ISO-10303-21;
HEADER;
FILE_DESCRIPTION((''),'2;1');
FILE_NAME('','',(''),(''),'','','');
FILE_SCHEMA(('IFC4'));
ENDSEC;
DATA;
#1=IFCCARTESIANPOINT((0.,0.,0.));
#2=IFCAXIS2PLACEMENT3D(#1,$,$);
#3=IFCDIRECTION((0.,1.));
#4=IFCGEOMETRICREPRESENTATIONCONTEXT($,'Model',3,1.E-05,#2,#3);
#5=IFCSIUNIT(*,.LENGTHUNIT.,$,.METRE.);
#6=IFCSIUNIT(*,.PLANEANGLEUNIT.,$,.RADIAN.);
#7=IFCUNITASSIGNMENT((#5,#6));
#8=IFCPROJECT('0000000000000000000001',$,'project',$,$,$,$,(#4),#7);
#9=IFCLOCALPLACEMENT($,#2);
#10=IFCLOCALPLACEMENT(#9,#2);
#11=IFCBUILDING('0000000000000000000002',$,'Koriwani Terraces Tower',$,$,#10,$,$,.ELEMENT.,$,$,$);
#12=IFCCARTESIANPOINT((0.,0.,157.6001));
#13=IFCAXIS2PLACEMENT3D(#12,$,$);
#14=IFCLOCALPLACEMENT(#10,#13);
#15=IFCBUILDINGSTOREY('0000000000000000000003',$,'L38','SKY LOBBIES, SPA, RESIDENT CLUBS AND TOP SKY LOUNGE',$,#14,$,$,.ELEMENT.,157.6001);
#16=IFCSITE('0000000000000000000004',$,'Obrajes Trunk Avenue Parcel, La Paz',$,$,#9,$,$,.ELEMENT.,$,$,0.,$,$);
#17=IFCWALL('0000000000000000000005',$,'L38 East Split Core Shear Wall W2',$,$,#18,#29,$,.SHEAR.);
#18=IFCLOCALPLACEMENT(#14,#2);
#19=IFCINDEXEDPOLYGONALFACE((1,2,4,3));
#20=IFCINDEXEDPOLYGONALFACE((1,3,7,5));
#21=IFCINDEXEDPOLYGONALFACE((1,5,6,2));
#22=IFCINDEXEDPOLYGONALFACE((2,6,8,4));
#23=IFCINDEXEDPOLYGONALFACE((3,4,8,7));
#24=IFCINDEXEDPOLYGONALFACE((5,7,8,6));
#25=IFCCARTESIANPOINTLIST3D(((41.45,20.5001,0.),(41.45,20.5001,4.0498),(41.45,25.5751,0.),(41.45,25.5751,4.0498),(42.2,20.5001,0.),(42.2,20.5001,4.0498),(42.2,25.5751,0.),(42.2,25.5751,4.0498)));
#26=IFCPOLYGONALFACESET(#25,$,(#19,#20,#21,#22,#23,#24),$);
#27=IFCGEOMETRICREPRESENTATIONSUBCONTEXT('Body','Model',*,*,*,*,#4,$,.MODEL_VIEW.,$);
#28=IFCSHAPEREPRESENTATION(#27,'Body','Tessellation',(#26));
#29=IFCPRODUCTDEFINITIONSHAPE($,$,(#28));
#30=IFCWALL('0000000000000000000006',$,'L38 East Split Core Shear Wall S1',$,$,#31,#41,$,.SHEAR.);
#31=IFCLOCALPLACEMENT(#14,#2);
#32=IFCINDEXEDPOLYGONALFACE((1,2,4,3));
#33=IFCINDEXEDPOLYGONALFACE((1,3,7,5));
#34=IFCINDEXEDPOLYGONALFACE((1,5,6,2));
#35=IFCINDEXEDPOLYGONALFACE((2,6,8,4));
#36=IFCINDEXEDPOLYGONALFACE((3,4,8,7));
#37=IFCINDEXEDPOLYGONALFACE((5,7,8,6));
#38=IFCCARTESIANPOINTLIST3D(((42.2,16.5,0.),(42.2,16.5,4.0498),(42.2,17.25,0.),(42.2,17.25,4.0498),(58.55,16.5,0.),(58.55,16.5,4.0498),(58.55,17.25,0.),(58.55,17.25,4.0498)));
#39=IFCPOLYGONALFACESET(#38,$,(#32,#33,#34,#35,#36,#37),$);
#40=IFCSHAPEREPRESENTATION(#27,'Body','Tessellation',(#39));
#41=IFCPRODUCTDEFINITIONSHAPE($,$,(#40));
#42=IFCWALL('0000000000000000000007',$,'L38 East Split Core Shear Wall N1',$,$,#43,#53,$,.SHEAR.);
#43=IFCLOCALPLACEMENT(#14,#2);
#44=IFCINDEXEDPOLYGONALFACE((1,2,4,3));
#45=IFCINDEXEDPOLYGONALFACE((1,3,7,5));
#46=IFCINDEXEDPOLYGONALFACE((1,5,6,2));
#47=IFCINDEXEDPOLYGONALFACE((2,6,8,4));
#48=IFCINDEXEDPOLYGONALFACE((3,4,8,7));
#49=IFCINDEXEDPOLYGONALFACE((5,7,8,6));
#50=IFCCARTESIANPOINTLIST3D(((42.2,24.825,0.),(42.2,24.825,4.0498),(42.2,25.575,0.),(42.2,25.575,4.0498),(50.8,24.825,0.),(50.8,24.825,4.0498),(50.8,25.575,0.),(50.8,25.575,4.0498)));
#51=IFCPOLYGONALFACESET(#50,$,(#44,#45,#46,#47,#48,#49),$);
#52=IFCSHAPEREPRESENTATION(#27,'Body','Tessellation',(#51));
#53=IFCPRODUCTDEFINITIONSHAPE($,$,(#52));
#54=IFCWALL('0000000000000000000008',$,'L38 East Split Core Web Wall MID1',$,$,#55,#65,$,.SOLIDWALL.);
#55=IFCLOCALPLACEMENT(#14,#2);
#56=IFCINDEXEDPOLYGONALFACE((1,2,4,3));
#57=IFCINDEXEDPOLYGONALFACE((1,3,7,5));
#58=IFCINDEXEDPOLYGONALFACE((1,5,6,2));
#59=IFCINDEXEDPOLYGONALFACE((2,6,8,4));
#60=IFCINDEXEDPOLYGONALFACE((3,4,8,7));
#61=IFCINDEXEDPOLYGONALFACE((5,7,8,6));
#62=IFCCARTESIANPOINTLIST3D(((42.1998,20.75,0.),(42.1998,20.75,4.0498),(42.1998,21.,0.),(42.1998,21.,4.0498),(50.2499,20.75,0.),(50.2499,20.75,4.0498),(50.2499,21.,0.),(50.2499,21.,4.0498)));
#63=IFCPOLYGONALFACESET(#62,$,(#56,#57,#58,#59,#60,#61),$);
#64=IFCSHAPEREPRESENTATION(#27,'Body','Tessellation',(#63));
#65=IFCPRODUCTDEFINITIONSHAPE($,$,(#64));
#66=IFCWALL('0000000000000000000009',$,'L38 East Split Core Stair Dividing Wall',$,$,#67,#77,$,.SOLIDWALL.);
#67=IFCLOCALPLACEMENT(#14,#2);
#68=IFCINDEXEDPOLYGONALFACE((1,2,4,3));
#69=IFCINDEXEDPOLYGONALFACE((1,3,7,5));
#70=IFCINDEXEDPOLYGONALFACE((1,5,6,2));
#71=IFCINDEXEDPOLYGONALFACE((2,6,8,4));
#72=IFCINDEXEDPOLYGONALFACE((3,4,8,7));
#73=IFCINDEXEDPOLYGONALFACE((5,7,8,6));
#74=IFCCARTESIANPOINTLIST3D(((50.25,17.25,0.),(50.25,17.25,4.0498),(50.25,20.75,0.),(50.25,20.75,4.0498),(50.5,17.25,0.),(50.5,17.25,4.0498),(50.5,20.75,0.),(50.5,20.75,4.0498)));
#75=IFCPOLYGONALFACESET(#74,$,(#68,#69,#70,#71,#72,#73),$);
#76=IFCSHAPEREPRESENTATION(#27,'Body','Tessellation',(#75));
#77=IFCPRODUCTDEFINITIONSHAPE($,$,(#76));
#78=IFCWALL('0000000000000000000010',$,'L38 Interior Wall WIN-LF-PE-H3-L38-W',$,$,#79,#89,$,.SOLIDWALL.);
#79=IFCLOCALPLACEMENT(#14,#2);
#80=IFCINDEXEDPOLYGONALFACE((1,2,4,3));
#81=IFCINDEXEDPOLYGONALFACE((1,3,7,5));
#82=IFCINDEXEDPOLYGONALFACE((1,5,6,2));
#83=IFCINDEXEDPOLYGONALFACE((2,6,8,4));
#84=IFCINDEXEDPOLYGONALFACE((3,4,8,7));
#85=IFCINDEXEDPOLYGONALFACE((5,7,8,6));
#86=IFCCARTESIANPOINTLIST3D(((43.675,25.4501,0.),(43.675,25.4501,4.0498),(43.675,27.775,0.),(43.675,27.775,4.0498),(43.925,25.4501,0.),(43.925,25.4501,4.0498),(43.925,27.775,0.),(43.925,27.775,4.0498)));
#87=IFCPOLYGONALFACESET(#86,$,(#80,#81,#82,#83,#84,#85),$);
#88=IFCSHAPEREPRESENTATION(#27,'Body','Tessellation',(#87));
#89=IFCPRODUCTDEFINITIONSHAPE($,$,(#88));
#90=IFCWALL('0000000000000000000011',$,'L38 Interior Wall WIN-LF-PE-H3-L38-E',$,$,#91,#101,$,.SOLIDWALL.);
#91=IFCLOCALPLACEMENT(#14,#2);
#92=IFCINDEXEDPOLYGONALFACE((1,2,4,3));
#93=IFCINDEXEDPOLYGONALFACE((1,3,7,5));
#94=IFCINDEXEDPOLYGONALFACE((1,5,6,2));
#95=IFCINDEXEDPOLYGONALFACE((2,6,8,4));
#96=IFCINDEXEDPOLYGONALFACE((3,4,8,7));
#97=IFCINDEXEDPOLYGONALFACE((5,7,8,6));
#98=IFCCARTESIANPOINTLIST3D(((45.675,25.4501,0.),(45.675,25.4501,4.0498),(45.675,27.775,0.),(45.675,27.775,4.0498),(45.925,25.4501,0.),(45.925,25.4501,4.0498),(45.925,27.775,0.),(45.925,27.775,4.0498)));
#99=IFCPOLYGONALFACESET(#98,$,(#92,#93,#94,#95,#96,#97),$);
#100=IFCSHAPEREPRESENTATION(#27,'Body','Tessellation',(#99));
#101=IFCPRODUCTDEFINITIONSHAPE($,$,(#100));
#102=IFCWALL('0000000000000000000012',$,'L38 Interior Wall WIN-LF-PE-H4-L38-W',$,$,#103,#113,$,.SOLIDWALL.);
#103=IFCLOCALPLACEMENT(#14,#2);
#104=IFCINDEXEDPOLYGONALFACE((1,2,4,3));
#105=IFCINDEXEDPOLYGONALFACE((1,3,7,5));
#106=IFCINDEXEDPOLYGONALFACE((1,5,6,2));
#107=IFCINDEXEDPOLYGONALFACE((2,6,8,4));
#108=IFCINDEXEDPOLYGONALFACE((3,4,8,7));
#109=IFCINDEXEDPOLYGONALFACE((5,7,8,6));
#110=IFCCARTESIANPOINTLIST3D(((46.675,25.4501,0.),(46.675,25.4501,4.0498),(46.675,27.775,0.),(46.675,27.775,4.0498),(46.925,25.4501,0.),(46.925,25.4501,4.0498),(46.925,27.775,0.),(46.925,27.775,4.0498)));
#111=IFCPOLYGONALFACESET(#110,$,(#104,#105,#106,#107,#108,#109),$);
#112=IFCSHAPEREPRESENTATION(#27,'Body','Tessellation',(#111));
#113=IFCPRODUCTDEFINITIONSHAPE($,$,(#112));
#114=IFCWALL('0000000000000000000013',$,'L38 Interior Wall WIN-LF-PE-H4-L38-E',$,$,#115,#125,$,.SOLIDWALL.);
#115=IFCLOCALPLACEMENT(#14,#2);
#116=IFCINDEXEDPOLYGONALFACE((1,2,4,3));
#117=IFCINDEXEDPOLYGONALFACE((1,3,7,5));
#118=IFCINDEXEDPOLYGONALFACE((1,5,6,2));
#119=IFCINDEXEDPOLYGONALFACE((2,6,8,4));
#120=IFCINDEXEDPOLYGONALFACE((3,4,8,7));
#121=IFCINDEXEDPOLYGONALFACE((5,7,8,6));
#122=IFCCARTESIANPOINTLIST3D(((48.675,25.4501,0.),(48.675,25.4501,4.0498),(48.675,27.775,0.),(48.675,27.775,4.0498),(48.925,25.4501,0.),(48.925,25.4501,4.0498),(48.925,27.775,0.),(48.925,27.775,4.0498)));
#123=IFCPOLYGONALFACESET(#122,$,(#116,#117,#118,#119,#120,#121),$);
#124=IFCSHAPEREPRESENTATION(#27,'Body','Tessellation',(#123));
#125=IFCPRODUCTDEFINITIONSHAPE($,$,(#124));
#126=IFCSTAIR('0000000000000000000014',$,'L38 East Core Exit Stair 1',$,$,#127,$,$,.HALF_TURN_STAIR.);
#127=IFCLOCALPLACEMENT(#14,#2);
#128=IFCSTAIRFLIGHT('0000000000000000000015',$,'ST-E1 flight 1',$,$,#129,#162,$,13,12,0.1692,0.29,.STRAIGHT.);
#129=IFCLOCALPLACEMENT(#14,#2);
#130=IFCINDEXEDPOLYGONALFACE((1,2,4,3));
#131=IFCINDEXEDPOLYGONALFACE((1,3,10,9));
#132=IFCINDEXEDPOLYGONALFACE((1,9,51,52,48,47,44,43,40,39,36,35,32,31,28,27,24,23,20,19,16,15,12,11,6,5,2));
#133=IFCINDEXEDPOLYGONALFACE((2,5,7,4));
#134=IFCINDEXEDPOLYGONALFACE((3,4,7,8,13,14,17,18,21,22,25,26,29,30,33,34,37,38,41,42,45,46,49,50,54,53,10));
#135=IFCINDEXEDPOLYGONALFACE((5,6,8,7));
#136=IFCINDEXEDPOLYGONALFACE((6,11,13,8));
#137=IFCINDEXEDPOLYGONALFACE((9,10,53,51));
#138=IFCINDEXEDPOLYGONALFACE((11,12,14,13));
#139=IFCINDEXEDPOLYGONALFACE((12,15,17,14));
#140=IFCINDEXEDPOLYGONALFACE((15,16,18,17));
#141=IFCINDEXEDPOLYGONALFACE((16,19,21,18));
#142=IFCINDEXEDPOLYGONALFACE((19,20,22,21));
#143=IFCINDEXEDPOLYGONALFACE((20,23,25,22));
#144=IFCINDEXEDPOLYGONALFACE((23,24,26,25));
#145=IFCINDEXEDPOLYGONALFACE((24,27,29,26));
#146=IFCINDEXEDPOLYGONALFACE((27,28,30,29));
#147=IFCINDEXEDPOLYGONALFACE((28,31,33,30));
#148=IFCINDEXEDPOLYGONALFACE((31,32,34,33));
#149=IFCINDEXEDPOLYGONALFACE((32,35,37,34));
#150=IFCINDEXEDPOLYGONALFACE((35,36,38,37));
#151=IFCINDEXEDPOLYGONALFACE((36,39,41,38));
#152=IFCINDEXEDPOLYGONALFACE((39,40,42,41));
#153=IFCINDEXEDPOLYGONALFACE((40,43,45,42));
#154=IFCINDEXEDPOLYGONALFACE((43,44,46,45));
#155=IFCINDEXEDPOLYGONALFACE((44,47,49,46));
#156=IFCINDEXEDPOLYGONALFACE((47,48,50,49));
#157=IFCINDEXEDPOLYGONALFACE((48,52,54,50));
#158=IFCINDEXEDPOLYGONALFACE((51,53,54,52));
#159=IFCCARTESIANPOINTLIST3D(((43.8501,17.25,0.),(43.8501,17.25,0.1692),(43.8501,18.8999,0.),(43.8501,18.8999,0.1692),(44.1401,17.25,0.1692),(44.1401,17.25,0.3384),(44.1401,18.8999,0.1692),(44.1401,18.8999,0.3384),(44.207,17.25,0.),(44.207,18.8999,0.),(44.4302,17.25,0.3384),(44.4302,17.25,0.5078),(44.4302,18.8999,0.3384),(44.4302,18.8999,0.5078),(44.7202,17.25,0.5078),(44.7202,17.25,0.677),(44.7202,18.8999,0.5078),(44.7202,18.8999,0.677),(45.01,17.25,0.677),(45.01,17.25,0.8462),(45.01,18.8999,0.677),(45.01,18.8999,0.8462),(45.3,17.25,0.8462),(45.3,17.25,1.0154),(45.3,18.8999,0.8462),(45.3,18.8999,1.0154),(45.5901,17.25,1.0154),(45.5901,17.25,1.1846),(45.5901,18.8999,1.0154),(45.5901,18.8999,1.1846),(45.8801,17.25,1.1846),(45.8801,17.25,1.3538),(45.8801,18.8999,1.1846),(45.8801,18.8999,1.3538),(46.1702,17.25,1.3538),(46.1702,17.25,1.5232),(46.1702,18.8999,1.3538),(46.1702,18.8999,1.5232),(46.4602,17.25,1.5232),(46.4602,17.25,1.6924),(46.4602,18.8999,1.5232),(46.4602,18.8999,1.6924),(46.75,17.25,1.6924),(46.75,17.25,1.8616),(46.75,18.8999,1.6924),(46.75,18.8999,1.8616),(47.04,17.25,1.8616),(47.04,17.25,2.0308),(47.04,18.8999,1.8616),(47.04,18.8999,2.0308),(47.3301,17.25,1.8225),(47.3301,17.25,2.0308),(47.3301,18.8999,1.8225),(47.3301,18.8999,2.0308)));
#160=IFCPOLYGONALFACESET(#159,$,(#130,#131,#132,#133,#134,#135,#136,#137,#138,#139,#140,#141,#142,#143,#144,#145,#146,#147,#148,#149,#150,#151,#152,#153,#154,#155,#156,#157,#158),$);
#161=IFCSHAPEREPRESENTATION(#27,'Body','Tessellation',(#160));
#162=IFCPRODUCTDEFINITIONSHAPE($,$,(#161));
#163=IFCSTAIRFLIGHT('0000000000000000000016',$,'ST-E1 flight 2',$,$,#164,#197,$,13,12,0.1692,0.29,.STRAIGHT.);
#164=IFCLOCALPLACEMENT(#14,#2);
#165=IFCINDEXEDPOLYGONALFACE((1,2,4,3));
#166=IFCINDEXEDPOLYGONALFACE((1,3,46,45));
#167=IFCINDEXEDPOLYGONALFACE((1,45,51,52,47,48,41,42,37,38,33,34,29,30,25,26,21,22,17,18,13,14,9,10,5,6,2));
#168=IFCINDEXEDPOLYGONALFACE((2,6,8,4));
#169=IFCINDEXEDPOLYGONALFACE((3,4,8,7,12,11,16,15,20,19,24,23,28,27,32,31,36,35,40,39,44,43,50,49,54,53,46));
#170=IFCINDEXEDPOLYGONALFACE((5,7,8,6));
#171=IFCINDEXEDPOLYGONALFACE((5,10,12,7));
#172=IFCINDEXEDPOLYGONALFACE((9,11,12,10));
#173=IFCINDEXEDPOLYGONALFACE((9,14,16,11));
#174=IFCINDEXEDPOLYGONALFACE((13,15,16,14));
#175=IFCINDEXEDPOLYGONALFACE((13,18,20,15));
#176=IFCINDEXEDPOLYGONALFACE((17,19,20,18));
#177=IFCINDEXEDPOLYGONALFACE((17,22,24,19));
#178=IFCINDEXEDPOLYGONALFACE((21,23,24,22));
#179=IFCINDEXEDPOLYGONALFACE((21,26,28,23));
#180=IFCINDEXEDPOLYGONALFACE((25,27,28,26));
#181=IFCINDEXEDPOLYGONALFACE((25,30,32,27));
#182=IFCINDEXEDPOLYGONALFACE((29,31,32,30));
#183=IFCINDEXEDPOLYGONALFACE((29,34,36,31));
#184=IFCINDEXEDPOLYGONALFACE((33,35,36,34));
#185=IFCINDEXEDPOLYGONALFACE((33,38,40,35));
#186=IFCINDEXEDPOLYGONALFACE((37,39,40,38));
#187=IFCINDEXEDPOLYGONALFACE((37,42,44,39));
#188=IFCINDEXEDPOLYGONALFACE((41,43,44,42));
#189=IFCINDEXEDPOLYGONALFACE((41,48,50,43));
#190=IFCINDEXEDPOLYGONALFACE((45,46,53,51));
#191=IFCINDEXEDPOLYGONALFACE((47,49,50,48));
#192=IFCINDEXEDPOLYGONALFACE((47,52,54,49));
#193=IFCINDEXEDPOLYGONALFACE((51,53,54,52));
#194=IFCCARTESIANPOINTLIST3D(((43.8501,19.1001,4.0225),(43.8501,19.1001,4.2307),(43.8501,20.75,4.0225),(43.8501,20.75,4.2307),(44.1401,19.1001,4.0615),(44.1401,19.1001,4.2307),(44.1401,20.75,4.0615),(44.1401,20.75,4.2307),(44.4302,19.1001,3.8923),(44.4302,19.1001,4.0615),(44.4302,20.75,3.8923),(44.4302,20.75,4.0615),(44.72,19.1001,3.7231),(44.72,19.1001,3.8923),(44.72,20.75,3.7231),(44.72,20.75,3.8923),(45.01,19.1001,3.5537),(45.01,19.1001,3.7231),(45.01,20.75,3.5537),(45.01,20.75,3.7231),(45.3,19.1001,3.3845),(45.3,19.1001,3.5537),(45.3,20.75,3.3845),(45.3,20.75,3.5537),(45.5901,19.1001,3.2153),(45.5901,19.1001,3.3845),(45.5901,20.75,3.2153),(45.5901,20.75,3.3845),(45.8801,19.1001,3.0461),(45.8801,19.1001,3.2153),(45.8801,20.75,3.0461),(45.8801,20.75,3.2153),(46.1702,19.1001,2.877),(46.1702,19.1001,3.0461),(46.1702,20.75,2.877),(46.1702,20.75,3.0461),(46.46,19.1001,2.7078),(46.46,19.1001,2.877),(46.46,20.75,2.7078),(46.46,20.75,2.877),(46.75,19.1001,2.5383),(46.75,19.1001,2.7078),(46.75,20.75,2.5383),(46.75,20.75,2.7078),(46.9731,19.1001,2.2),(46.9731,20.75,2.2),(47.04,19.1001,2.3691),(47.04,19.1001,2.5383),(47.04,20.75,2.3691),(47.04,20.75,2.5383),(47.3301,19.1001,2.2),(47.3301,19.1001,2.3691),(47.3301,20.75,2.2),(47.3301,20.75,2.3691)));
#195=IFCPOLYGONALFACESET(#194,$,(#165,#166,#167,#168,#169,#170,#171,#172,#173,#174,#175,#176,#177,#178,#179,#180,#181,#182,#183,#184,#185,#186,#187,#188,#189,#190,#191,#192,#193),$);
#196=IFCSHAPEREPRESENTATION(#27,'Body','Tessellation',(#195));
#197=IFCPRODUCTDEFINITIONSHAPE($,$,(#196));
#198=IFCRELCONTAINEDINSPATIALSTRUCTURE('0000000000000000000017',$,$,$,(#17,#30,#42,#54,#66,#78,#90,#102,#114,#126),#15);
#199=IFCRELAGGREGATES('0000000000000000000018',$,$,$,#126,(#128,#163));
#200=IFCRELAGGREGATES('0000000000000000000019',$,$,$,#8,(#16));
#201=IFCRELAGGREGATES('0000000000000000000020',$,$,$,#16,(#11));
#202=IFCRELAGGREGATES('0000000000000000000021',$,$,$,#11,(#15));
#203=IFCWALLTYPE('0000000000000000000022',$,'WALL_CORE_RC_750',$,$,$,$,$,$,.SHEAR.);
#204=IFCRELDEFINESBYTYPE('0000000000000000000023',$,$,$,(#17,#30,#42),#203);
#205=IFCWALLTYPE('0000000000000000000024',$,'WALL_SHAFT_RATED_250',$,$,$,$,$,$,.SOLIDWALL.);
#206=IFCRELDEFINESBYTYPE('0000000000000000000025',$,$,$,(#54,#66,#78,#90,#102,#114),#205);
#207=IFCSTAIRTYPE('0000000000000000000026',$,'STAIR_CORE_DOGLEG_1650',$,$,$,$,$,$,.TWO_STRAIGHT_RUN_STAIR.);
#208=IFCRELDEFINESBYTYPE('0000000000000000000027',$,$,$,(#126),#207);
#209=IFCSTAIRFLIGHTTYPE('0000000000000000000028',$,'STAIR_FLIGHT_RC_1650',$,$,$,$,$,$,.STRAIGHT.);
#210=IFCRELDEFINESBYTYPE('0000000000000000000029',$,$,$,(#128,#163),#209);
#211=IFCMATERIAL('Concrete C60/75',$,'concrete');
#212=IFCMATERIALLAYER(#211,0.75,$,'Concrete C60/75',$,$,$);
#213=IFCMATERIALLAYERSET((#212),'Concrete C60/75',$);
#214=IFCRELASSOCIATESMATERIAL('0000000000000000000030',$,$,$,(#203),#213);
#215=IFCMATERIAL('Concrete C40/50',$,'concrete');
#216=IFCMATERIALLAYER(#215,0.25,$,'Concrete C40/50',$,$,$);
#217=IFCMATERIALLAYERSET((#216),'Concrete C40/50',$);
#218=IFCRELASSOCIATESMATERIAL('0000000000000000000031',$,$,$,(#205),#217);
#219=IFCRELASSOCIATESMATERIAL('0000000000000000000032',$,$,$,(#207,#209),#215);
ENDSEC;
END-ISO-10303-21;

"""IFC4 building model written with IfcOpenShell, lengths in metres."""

from ifc_helpers import new_model, si_unit, direction, frame, frame_2d, origin, place, context, subcontext, project, spatial, polyline, rectangle, outline, extrude, material, layer, layer_set, type_object, element, aggregate, save


model = new_model("IFC4")

# Units and contexts
model_context = context("Model", 3, precision=1e-05, world=origin(), true_north=direction((0.0, 1.0)))
body_context = subcontext(model_context, "Body", "Model", "MODEL_VIEW")
ifc_project = project(units=[si_unit("LENGTHUNIT", "METRE"), si_unit("PLANEANGLEUNIT", "RADIAN")], contexts=[model_context])

# Site, building, storey
site_placement = place(None, origin())
site = spatial("IfcSite", under=ifc_project, at=site_placement, Name="Obrajes Trunk Avenue Parcel, La Paz", CompositionType="ELEMENT", RefElevation=0.0)
building_placement = place(site_placement, origin())
building = spatial("IfcBuilding", under=site, at=building_placement, Name="Koriwani Terraces Tower", CompositionType="ELEMENT")
storey_placement = place(building_placement, frame((0.0, 0.0, 157.6001)))
storey = spatial("IfcBuildingStorey", under=building, at=storey_placement, Name="L38", Description="SKY LOBBIES, SPA, RESIDENT CLUBS AND TOP SKY LOUNGE", CompositionType="ELEMENT", Elevation=157.6001)

# Shared definitions
ifc_material_1 = material(Name="Concrete C60/75", Category="concrete")
ifc_material_2 = material(Name="Concrete C40/50", Category="concrete")

# Walls
ifc_layer_1 = layer(ifc_material_1, 0.75, Name="Concrete C60/75")
ifc_layer_set_1 = layer_set([ifc_layer_1], Name="Concrete C60/75")
wall_type_1 = type_object("IfcWallType", Name="WALL_CORE_RC_750", PredefinedType="SHEAR", material=ifc_layer_set_1)
wall_1_placement = place(storey_placement, frame((41.825, 20.5, 0.0), z_axis=(0.0, 0.0, 1.0), x_axis=(0.0, 1.0, 0.0)))
element("IfcWall", 1, at=wall_1_placement, inside=storey, type_object=wall_type_1, Name="L38 East Split Core Shear Wall W2", PredefinedType="SHEAR", context=body_context, shape_type="SweptSolid", body=[
    extrude(rectangle(XDim=5.075, YDim=0.75, at=frame_2d((2.5376, 0.0))), origin(), (0.0, 0.0, 1.0), 4.0498),
])
wall_2_placement = place(storey_placement, frame((42.2, 16.875, 0.0), z_axis=(0.0, 0.0, 1.0), x_axis=(1.0, 0.0, 0.0)))
element("IfcWall", 2, at=wall_2_placement, inside=storey, type_object=wall_type_1, Name="L38 East Split Core Shear Wall S1", PredefinedType="SHEAR", context=body_context, shape_type="SweptSolid", body=[
    extrude(rectangle(XDim=16.3501, YDim=0.75, at=frame_2d((8.175, 0.0))), origin(), (0.0, 0.0, 1.0), 4.0498),
])
wall_3_placement = place(storey_placement, frame((42.2, 25.2, 0.0), z_axis=(0.0, 0.0, 1.0), x_axis=(1.0, 0.0, 0.0)))
element("IfcWall", 3, at=wall_3_placement, inside=storey, type_object=wall_type_1, Name="L38 East Split Core Shear Wall N1", PredefinedType="SHEAR", context=body_context, shape_type="SweptSolid", body=[
    extrude(rectangle(XDim=8.6001, YDim=0.75, at=frame_2d((4.3, 0.0))), origin(), (0.0, 0.0, 1.0), 4.0498),
])
ifc_layer_2 = layer(ifc_material_2, 0.25, Name="Concrete C40/50")
ifc_layer_set_2 = layer_set([ifc_layer_2], Name="Concrete C40/50")
wall_type_2 = type_object("IfcWallType", Name="WALL_SHAFT_RATED_250", PredefinedType="SOLIDWALL", material=ifc_layer_set_2)
wall_4_placement = place(storey_placement, frame((42.2, 20.875, 0.0), z_axis=(0.0, 0.0, 1.0), x_axis=(1.0, 0.0, 0.0)))
element("IfcWall", 4, at=wall_4_placement, inside=storey, type_object=wall_type_2, Name="L38 East Split Core Web Wall MID1", PredefinedType="SOLIDWALL", context=body_context, shape_type="SweptSolid", body=[
    extrude(rectangle(XDim=8.05, YDim=0.25, at=frame_2d((4.0249, 0.0))), origin(), (0.0, 0.0, 1.0), 4.0498),
])
wall_5_placement = place(storey_placement, frame((50.375, 17.25, 0.0), z_axis=(0.0, 0.0, 1.0), x_axis=(0.0, 1.0, 0.0)))
element("IfcWall", 5, at=wall_5_placement, inside=storey, type_object=wall_type_2, Name="L38 East Split Core Stair Dividing Wall", PredefinedType="SOLIDWALL", context=body_context, shape_type="SweptSolid", body=[
    extrude(rectangle(XDim=3.5, YDim=0.25, at=frame_2d((1.75, 0.0))), origin(), (0.0, 0.0, 1.0), 4.0498),
])

# Walls
for number, where, z_axis, x_axis, name in (
    (6, (43.8, 25.45, 0.0), (0.0, 0.0, 1.0), (0.0, 1.0, 0.0), "L38 Interior Wall WIN-LF-PE-H3-L38-W"),
    (7, (45.8, 25.45, 0.0), (0.0, 0.0, 1.0), (0.0, 1.0, 0.0), "L38 Interior Wall WIN-LF-PE-H3-L38-E"),
    (8, (46.8, 25.45, 0.0), (0.0, 0.0, 1.0), (0.0, 1.0, 0.0), "L38 Interior Wall WIN-LF-PE-H4-L38-W"),
    (9, (48.8, 25.45, 0.0), (0.0, 0.0, 1.0), (0.0, 1.0, 0.0), "L38 Interior Wall WIN-LF-PE-H4-L38-E"),
):
    element("IfcWall", number, at=place(storey_placement, frame(where, z_axis=z_axis, x_axis=x_axis)), inside=storey, type_object=wall_type_2, Name=name, PredefinedType="SOLIDWALL", context=body_context, shape_type="SweptSolid", body=[
        extrude(rectangle(XDim=2.325, YDim=0.25, at=frame_2d((1.1626, 0.0))), origin(), (0.0, 0.0, 1.0), 4.0498),
    ])

# Stair, stair flights
stair_type = type_object("IfcStairType", Name="STAIR_CORE_DOGLEG_1650", PredefinedType="TWO_STRAIGHT_RUN_STAIR", material=ifc_material_2)
stair_placement = place(storey_placement, origin())
stair = element("IfcStair", 10, at=stair_placement, inside=storey, type_object=stair_type, Name="L38 East Core Exit Stair 1", PredefinedType="HALF_TURN_STAIR")
stair_flight_type = type_object("IfcStairFlightType", Name="STAIR_FLIGHT_RC_1650", PredefinedType="STRAIGHT", material=ifc_material_2)
stair_flight_1_placement = place(storey_placement, frame((43.8501, 18.075, 0.0), z_axis=(0.0, 0.0, 1.0), x_axis=(1.0, 0.0, 0.0)))
stair_flight_1 = element("IfcStairFlight", 11, at=stair_flight_1_placement, type_object=stair_flight_type, Name="ST-E1 flight 1", NumberOfRisers=13, NumberOfTreads=12, PredefinedType="STRAIGHT", RiserHeight=0.1692, TreadLength=0.29, context=body_context, shape_type="SweptSolid", body=[
    extrude(outline(polyline([(0.0, 0.0), (0.0, 0.1692), (0.29, 0.1692), (0.29, 0.3384), (0.5801, 0.3384), (0.5801, 0.5078), (0.8701, 0.5078), (0.8701, 0.677), (1.1599, 0.677), (1.1599, 0.8462), (1.45, 0.8462), (1.45, 1.0154), (1.74, 1.0154), (1.74, 1.1846), (2.03, 1.1846), (2.03, 1.3538), (2.3201, 1.3538), (2.3201, 1.5232), (2.6101, 1.5232), (2.6101, 1.6924), (2.8999, 1.6924), (2.8999, 1.8616), (3.1899, 1.8616), (3.1899, 2.0308), (3.48, 2.0308), (3.48, 2.2), (3.48, 1.8225), (0.3569, 0.0), (0.0, 0.0)])), frame((0.0, 0.825, 0.0), z_axis=(0.0, -1.0, 0.0), x_axis=(1.0, 0.0, 0.0)), (0.0, 0.0, 1.0), 1.6499),
])
stair_flight_2_placement = place(storey_placement, frame((47.3301, 19.925, 2.2), z_axis=(0.0, 0.0, 1.0), x_axis=(-1.0, 0.0, 0.0)))
stair_flight_2 = element("IfcStairFlight", 12, at=stair_flight_2_placement, type_object=stair_flight_type, Name="ST-E1 flight 2", NumberOfRisers=13, NumberOfTreads=12, PredefinedType="STRAIGHT", RiserHeight=0.1692, TreadLength=0.29, context=body_context, shape_type="SweptSolid", body=[
    extrude(outline(polyline([(0.0, 0.0), (0.0, 0.1692), (0.29, 0.1692), (0.29, 0.3384), (0.5801, 0.3384), (0.5801, 0.5078), (0.8701, 0.5078), (0.8701, 0.677), (1.1599, 0.677), (1.1599, 0.8462), (1.45, 0.8462), (1.45, 1.0154), (1.74, 1.0154), (1.74, 1.1846), (2.03, 1.1846), (2.03, 1.3538), (2.3201, 1.3538), (2.3201, 1.5232), (2.6101, 1.5232), (2.6101, 1.6924), (2.8999, 1.6924), (2.8999, 1.8616), (3.1899, 1.8616), (3.1899, 2.0308), (3.48, 2.0308), (3.48, 2.2), (3.48, 1.8225), (0.3569, 0.0), (0.0, 0.0)])), frame((0.0, 0.825, 0.0), z_axis=(0.0, -1.0, 0.0), x_axis=(1.0, 0.0, 0.0)), (0.0, 0.0, 1.0), 1.6499),
])
aggregate(stair, [stair_flight_1, stair_flight_2])

save(model, "model.ifc")
